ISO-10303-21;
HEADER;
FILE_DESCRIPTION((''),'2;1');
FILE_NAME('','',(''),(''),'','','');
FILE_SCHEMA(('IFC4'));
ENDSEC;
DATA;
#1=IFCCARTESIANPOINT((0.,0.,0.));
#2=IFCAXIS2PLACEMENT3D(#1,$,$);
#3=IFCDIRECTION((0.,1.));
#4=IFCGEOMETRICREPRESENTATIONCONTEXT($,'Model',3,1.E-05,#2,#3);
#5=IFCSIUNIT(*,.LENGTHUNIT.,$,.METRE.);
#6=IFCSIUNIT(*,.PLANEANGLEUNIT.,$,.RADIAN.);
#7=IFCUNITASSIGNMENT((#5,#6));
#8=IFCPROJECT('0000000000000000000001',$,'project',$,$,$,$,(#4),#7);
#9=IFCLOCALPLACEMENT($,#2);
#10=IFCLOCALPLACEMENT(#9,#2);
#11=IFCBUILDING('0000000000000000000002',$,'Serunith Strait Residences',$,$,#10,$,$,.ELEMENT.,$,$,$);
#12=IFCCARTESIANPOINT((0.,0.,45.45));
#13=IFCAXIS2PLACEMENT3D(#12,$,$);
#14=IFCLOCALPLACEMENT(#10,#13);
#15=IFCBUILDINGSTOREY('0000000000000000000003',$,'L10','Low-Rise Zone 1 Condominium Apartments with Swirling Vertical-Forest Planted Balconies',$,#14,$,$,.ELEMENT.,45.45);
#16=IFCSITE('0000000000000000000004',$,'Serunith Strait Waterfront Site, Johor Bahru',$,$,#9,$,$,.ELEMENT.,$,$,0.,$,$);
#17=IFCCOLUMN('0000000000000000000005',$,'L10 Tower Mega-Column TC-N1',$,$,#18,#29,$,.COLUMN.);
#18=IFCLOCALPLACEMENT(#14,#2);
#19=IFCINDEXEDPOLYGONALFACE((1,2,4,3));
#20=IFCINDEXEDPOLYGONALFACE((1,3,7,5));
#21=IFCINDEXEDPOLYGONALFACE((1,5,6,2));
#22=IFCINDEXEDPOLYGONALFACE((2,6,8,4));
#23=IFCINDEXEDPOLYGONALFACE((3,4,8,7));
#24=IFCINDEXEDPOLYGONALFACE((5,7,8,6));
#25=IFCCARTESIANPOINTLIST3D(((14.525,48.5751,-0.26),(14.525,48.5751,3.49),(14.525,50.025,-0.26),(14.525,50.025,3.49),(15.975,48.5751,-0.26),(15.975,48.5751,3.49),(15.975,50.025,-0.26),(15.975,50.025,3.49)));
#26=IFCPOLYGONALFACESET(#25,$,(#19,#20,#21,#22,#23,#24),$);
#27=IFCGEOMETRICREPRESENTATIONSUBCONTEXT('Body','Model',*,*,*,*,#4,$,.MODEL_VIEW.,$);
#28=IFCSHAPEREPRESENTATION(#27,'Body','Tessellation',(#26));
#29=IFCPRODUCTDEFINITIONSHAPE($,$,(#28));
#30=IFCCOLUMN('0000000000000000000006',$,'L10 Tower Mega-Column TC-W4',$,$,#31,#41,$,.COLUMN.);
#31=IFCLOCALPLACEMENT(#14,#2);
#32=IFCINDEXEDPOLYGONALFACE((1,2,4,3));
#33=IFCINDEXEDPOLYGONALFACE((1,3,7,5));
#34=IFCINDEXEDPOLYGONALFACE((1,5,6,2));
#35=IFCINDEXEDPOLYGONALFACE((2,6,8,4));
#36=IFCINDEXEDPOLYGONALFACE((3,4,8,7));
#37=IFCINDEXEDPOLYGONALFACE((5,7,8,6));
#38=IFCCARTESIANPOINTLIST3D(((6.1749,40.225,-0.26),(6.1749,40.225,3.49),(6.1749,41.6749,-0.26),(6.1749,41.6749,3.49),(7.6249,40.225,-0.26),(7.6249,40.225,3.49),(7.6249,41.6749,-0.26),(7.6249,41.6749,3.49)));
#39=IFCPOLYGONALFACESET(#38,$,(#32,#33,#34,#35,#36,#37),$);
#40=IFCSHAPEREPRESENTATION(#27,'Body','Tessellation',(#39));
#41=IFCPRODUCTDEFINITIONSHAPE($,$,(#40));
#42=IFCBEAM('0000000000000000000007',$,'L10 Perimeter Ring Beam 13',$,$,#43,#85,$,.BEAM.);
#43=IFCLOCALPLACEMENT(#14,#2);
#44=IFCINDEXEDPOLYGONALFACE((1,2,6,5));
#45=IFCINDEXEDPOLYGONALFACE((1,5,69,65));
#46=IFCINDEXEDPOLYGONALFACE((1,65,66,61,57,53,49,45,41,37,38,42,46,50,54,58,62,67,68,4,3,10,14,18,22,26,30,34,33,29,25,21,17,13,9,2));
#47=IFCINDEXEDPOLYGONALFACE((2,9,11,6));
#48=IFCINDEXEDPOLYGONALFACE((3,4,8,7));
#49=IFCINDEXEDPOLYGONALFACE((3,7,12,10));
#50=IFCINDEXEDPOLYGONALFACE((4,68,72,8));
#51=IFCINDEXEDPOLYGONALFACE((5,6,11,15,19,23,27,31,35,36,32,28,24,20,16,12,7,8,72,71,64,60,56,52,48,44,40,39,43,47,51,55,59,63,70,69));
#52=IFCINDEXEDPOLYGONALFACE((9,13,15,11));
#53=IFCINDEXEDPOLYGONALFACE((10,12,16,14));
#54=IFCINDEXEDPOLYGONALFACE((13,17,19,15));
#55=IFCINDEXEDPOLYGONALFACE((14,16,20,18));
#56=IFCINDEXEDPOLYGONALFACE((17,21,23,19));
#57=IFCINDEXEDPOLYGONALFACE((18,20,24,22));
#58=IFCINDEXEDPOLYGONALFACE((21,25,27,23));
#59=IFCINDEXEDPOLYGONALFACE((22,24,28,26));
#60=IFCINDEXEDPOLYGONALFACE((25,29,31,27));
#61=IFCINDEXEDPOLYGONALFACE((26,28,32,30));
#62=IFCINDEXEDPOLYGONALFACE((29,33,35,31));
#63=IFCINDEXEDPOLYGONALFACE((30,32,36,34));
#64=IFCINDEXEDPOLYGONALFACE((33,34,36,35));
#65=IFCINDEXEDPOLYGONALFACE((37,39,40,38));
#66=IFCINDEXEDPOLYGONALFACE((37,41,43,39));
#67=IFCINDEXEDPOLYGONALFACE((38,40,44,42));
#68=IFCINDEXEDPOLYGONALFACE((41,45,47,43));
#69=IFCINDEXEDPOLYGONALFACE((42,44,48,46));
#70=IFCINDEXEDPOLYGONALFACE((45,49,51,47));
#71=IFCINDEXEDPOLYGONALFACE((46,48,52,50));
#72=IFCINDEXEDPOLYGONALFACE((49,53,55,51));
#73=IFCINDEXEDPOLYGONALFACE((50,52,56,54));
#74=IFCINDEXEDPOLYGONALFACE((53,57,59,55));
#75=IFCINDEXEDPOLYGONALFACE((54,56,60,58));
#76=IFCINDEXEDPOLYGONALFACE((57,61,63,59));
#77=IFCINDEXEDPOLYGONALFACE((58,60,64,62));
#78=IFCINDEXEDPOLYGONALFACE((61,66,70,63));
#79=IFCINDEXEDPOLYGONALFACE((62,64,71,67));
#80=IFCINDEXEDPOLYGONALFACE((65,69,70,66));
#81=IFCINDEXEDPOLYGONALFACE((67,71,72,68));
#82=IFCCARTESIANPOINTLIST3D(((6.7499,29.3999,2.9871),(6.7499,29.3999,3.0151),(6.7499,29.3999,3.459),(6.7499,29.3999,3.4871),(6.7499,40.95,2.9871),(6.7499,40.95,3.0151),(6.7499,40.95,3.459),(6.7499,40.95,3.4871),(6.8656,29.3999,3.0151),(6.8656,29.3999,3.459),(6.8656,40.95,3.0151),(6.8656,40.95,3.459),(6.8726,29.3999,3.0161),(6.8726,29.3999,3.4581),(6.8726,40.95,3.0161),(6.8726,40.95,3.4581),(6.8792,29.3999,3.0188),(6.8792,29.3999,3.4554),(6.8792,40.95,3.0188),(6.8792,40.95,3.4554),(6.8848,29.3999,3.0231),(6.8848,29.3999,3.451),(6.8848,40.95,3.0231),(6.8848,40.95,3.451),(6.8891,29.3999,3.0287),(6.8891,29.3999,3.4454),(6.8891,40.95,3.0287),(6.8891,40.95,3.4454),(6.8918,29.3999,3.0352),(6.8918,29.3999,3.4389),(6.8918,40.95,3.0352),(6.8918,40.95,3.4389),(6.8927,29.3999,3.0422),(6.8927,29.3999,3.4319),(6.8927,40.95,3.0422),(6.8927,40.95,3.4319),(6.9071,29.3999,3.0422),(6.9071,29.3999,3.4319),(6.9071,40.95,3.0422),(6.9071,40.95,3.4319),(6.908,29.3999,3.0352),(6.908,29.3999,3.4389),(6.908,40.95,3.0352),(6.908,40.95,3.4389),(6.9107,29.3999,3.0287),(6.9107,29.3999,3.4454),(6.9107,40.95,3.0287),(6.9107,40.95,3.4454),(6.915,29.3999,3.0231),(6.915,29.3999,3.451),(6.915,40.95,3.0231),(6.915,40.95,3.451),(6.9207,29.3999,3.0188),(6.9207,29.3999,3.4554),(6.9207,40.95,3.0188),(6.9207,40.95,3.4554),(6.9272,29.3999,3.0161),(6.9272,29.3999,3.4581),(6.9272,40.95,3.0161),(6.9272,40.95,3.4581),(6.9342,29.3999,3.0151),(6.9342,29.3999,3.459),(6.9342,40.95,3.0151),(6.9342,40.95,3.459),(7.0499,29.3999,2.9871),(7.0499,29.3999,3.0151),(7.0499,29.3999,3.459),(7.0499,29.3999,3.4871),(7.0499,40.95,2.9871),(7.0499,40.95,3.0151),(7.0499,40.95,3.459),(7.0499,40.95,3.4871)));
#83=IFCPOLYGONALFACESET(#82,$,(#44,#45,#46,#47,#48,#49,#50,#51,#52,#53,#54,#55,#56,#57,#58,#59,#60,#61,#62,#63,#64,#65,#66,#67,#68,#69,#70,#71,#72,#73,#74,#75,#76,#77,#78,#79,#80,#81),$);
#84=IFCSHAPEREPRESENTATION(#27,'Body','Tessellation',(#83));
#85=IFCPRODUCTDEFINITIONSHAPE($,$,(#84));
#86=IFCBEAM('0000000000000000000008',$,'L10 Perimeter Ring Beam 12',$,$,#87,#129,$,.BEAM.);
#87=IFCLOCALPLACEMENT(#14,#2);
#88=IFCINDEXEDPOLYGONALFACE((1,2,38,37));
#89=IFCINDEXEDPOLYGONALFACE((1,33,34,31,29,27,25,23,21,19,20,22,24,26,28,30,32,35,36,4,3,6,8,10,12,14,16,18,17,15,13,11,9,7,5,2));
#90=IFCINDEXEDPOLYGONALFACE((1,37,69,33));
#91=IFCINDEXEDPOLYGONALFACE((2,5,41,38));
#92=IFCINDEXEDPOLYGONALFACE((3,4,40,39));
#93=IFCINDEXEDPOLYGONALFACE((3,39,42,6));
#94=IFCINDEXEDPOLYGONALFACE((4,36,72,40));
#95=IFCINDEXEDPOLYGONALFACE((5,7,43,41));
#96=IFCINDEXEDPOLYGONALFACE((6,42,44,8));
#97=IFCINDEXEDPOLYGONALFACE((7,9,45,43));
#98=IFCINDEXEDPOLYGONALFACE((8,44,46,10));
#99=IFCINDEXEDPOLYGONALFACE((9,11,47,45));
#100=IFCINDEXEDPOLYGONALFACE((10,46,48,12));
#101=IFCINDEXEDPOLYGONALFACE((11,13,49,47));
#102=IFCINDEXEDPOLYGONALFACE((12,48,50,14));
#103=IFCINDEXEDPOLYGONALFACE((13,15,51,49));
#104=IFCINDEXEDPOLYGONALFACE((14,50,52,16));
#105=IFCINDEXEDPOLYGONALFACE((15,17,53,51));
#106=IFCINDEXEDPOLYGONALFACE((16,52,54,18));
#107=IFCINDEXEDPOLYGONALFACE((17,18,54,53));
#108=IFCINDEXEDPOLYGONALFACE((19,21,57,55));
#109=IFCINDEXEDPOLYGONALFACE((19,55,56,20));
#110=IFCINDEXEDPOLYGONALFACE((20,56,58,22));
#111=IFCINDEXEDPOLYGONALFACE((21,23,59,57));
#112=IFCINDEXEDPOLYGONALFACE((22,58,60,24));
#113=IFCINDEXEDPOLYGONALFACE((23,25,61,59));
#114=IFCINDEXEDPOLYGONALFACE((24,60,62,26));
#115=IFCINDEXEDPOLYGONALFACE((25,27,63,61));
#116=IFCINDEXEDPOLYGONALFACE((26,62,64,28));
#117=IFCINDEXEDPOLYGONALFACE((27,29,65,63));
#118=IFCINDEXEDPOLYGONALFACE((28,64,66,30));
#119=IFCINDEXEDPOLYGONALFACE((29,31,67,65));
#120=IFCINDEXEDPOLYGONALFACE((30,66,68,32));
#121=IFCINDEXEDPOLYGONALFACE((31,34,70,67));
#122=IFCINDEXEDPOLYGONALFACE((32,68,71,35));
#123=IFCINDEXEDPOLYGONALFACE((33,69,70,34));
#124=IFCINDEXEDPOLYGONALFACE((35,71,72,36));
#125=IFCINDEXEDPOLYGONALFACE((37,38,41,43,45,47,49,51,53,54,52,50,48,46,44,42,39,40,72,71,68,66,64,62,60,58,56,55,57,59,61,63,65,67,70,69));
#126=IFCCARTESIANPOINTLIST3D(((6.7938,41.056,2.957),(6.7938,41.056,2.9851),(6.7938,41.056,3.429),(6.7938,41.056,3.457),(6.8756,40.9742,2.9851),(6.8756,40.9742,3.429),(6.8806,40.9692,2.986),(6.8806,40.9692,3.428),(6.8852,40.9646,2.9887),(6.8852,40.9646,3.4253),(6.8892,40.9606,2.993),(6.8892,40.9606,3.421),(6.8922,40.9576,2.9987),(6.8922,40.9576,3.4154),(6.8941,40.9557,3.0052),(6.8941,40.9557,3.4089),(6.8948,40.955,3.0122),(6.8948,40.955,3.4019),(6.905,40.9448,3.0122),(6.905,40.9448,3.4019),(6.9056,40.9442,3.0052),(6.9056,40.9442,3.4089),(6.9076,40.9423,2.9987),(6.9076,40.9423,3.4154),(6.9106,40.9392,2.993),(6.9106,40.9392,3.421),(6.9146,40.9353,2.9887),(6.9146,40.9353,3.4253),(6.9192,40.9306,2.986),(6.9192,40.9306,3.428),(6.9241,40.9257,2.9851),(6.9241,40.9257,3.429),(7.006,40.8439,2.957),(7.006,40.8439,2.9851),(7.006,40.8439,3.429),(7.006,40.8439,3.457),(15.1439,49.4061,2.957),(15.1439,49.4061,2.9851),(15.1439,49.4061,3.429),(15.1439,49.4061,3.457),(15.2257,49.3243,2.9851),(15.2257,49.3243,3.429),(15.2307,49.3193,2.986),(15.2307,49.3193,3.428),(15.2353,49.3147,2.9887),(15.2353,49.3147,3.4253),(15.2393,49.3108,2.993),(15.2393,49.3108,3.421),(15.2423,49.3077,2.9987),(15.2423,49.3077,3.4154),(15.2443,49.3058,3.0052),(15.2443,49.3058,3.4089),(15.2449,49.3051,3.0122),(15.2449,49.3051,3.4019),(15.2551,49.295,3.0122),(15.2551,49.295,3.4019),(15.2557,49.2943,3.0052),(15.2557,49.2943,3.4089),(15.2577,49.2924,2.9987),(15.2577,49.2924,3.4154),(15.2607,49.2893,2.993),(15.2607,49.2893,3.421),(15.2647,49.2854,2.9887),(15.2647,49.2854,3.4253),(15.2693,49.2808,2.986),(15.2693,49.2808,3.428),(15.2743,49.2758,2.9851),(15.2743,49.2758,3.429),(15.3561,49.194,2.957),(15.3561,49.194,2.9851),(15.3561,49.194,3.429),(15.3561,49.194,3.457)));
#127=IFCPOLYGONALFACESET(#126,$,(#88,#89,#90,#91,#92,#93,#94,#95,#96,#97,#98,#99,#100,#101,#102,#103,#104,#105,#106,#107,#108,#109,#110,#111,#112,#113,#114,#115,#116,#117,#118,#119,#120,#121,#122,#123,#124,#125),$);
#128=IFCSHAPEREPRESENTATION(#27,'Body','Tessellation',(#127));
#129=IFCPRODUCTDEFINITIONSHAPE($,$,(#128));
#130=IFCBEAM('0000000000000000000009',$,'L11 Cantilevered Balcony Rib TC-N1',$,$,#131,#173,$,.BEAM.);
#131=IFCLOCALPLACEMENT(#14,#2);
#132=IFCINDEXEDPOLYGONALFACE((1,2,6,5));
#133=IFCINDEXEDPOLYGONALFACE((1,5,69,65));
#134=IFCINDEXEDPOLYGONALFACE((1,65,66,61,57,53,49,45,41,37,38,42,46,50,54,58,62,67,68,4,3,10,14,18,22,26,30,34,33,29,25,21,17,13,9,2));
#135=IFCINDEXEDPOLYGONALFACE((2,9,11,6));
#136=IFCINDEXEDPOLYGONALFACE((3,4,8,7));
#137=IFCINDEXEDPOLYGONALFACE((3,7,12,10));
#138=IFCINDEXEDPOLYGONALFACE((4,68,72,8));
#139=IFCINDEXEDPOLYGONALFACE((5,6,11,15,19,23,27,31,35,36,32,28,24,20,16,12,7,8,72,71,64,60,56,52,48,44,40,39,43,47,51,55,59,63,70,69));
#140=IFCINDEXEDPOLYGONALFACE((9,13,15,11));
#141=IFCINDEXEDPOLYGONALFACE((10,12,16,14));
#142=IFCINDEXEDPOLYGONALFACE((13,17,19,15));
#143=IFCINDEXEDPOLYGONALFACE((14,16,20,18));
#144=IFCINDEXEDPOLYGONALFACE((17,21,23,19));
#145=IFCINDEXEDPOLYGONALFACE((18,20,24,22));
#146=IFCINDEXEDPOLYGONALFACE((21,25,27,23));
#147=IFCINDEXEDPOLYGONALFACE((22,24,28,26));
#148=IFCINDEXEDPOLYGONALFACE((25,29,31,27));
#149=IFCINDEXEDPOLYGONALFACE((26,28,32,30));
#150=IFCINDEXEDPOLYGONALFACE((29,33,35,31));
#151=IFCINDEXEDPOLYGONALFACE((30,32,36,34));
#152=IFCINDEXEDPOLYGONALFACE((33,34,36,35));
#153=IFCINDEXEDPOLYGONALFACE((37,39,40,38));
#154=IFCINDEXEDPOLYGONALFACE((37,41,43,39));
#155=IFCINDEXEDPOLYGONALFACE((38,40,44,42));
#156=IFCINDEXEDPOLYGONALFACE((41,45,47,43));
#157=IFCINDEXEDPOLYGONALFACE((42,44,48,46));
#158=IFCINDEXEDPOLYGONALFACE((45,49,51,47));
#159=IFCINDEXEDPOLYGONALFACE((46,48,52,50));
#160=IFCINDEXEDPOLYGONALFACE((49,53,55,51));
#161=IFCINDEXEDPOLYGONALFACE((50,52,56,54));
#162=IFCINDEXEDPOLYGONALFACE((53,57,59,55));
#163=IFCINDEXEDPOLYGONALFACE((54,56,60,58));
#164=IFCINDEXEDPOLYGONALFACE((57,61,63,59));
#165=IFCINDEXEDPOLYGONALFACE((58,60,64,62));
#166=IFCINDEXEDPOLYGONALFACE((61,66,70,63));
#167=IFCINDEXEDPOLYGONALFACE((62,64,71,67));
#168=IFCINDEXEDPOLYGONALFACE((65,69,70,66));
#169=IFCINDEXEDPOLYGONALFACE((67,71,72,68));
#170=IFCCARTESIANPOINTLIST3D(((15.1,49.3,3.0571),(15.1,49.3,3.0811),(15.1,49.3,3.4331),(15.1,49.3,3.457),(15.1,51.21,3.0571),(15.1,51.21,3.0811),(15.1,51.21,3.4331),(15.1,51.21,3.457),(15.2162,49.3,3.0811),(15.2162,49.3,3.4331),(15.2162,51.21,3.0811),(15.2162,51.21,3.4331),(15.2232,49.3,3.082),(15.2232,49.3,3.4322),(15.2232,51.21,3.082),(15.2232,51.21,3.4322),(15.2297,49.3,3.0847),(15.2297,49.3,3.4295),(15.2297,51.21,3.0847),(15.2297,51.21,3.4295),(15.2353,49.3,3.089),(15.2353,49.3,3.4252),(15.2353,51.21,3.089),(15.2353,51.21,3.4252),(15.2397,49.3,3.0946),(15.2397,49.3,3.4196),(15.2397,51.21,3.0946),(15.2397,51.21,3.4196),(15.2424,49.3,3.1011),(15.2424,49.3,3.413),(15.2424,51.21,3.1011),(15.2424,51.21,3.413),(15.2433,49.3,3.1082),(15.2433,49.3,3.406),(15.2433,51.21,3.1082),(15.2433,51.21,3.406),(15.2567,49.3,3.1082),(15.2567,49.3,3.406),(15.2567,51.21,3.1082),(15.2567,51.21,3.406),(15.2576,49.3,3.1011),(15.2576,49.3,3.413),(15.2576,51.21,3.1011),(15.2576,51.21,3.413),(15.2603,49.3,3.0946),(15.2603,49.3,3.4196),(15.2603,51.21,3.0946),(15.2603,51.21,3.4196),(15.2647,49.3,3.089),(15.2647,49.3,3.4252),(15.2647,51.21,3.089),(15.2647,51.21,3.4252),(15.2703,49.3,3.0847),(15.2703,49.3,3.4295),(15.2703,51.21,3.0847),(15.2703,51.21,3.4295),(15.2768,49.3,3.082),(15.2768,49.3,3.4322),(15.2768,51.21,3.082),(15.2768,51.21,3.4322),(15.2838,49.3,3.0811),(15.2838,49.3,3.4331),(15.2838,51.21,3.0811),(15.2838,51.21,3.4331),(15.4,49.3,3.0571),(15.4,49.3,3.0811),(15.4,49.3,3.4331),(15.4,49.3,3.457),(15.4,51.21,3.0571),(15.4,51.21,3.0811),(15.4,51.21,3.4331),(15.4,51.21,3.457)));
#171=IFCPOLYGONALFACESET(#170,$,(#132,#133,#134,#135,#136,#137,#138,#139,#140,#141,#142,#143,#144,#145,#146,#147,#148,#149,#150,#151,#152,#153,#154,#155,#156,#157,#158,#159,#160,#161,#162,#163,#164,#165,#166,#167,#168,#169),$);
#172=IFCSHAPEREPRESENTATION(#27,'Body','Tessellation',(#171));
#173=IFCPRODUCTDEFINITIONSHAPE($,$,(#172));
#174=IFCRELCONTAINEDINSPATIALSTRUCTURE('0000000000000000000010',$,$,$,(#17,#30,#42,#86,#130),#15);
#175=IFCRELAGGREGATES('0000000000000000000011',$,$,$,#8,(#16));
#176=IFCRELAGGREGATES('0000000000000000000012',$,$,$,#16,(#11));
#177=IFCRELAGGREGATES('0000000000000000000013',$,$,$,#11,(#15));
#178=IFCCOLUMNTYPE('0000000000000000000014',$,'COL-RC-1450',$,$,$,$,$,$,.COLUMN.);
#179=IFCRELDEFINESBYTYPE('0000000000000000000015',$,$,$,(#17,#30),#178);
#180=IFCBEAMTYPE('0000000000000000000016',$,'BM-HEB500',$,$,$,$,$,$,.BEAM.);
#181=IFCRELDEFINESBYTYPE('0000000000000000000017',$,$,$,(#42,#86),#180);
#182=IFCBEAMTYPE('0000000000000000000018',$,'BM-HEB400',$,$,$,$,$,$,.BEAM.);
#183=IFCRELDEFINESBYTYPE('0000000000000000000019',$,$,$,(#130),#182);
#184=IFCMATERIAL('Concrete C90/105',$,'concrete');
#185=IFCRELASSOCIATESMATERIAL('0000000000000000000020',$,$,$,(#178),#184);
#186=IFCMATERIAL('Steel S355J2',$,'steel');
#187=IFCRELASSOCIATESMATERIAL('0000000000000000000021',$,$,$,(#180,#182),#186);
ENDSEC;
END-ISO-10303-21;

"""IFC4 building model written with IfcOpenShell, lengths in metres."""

from ifc_helpers import new_model, si_unit, direction, frame, origin, origin_2d, place, context, subcontext, project, spatial, rectangle, i_section, extrude, source, transform, mapped, material, material_profile, profile_set, type_object, element, save


model = new_model("IFC4")

# Units and contexts
model_context = context("Model", 3, precision=1e-05, world=origin(), true_north=direction((0.0, 1.0)))
body_context = subcontext(model_context, "Body", "Model", "MODEL_VIEW")
ifc_project = project(units=[si_unit("LENGTHUNIT", "METRE"), si_unit("PLANEANGLEUNIT", "RADIAN")], contexts=[model_context])

# Site, building, storey
site_placement = place(None, origin())
site = spatial("IfcSite", under=ifc_project, at=site_placement, Name="Serunith Strait Waterfront Site, Johor Bahru", CompositionType="ELEMENT", RefElevation=0.0)
building_placement = place(site_placement, origin())
building = spatial("IfcBuilding", under=site, at=building_placement, Name="Serunith Strait Residences", CompositionType="ELEMENT")
storey_placement = place(building_placement, frame((0.0, 0.0, 45.45)))
storey = spatial("IfcBuildingStorey", under=building, at=storey_placement, Name="L10", Description="Low-Rise Zone 1 Condominium Apartments with Swirling Vertical-Forest Planted Balconies", CompositionType="ELEMENT", Elevation=45.45)

# Columns
ifc_material_1 = material(Name="Concrete C90/105", Category="concrete")
ifc_material_profile_1 = material_profile(ifc_material_1, rectangle(XDim=1.45, YDim=1.45, at=origin_2d()), Name="RC 1450x1450")
ifc_profile_set_1 = profile_set([ifc_material_profile_1], Name="Concrete C90/105")
column_type = type_object("IfcColumnType", Name="COL-RC-1450", PredefinedType="COLUMN", material=ifc_profile_set_1)
shared_shape_1 = source(origin(), body_context, "Body", "SweptSolid", [
    extrude(rectangle(XDim=1.45, YDim=1.45, at=origin_2d()), origin(), (0.0, 0.0, 1.0), 3.75),
])
for number, where, z_axis, x_axis, name in (
    (1, (15.25, 49.3, -0.26), (0.0, 0.0, 1.0), (1.0, 0.0, 0.0), "L10 Tower Mega-Column TC-N1"),
    (2, (6.8999, 40.95, -0.26), (0.0, 0.0, 1.0), (1.0, 0.0, 0.0), "L10 Tower Mega-Column TC-W4"),
):
    element("IfcColumn", number, at=place(storey_placement, frame(where, z_axis=z_axis, x_axis=x_axis)), inside=storey, type_object=column_type, Name=name, PredefinedType="COLUMN", context=body_context, shape_type="MappedRepresentation", body=[
        mapped(shared_shape_1, transform((0.0, 0.0, 0.0), scale=1.0)),
    ])

# Beams
ifc_material_2 = material(Name="Steel S355J2", Category="steel")
ifc_material_profile_2 = material_profile(ifc_material_2, i_section(OverallWidth=0.3, OverallDepth=0.5, WebThickness=0.0144, FlangeThickness=0.0281, FilletRadius=0.0271, at=origin_2d()), Name="HEB 500")
ifc_profile_set_2 = profile_set([ifc_material_profile_2], Name="Steel S355J2")
beam_type_1 = type_object("IfcBeamType", Name="BM-HEB500", PredefinedType="BEAM", material=ifc_profile_set_2)
shared_shape_2 = source(origin(), body_context, "Body", "SweptSolid", [
    extrude(i_section(OverallWidth=0.3, OverallDepth=0.5, WebThickness=0.0144, FlangeThickness=0.0281, FilletRadius=0.0271, at=origin_2d()), origin(), (0.0, 0.0, 1.0), 11.55),
])
beam_1_placement = place(storey_placement, frame((6.8999, 40.95, 3.2371), z_axis=(0.0, -1.0, 0.0), x_axis=(1.0, 0.0, 0.0)))
element("IfcBeam", 3, at=beam_1_placement, inside=storey, type_object=beam_type_1, Name="L10 Perimeter Ring Beam 13", PredefinedType="BEAM", context=body_context, shape_type="MappedRepresentation", body=[
    mapped(shared_shape_2, transform((0.0, 0.0, 0.0), scale=1.0)),
])
shared_shape_3 = source(origin(), body_context, "Body", "SweptSolid", [
    extrude(i_section(OverallWidth=0.3, OverallDepth=0.5, WebThickness=0.0144, FlangeThickness=0.0281, FilletRadius=0.0271, at=origin_2d()), origin(), (0.0, 0.0, 1.0), 11.8088),
])
beam_2_placement = place(storey_placement, frame((15.25, 49.3, 3.207), z_axis=(-0.707107, -0.707107, 0.0), x_axis=(0.707107, -0.707107, 0.0)))
element("IfcBeam", 4, at=beam_2_placement, inside=storey, type_object=beam_type_1, Name="L10 Perimeter Ring Beam 12", PredefinedType="BEAM", context=body_context, shape_type="MappedRepresentation", body=[
    mapped(shared_shape_3, transform((0.0, 0.0, 0.0), scale=1.0)),
])
ifc_material_profile_3 = material_profile(ifc_material_2, i_section(OverallWidth=0.3, OverallDepth=0.3999, WebThickness=0.0134, FlangeThickness=0.0239, FilletRadius=0.0271, at=origin_2d()), Name="HEB 400")
ifc_profile_set_3 = profile_set([ifc_material_profile_3], Name="Steel S355J2")
beam_type_2 = type_object("IfcBeamType", Name="BM-HEB400", PredefinedType="BEAM", material=ifc_profile_set_3)
shared_shape_4 = source(origin(), body_context, "Body", "SweptSolid", [
    extrude(i_section(OverallWidth=0.3, OverallDepth=0.3999, WebThickness=0.0134, FlangeThickness=0.0239, FilletRadius=0.0271, at=origin_2d()), origin(), (0.0, 0.0, 1.0), 1.9099),
])
for number, where, z_axis, x_axis, name in (
    (5, (15.25, 49.3, 3.2571), (0.0, 1.0, 0.0), (-1.0, 0.0, 0.0), "L11 Cantilevered Balcony Rib TC-N1"),
):
    element("IfcBeam", number, at=place(storey_placement, frame(where, z_axis=z_axis, x_axis=x_axis)), inside=storey, type_object=beam_type_2, Name=name, PredefinedType="BEAM", context=body_context, shape_type="MappedRepresentation", body=[
        mapped(shared_shape_4, transform((0.0, 0.0, 0.0), scale=1.0)),
    ])

save(model, "model.ifc")
